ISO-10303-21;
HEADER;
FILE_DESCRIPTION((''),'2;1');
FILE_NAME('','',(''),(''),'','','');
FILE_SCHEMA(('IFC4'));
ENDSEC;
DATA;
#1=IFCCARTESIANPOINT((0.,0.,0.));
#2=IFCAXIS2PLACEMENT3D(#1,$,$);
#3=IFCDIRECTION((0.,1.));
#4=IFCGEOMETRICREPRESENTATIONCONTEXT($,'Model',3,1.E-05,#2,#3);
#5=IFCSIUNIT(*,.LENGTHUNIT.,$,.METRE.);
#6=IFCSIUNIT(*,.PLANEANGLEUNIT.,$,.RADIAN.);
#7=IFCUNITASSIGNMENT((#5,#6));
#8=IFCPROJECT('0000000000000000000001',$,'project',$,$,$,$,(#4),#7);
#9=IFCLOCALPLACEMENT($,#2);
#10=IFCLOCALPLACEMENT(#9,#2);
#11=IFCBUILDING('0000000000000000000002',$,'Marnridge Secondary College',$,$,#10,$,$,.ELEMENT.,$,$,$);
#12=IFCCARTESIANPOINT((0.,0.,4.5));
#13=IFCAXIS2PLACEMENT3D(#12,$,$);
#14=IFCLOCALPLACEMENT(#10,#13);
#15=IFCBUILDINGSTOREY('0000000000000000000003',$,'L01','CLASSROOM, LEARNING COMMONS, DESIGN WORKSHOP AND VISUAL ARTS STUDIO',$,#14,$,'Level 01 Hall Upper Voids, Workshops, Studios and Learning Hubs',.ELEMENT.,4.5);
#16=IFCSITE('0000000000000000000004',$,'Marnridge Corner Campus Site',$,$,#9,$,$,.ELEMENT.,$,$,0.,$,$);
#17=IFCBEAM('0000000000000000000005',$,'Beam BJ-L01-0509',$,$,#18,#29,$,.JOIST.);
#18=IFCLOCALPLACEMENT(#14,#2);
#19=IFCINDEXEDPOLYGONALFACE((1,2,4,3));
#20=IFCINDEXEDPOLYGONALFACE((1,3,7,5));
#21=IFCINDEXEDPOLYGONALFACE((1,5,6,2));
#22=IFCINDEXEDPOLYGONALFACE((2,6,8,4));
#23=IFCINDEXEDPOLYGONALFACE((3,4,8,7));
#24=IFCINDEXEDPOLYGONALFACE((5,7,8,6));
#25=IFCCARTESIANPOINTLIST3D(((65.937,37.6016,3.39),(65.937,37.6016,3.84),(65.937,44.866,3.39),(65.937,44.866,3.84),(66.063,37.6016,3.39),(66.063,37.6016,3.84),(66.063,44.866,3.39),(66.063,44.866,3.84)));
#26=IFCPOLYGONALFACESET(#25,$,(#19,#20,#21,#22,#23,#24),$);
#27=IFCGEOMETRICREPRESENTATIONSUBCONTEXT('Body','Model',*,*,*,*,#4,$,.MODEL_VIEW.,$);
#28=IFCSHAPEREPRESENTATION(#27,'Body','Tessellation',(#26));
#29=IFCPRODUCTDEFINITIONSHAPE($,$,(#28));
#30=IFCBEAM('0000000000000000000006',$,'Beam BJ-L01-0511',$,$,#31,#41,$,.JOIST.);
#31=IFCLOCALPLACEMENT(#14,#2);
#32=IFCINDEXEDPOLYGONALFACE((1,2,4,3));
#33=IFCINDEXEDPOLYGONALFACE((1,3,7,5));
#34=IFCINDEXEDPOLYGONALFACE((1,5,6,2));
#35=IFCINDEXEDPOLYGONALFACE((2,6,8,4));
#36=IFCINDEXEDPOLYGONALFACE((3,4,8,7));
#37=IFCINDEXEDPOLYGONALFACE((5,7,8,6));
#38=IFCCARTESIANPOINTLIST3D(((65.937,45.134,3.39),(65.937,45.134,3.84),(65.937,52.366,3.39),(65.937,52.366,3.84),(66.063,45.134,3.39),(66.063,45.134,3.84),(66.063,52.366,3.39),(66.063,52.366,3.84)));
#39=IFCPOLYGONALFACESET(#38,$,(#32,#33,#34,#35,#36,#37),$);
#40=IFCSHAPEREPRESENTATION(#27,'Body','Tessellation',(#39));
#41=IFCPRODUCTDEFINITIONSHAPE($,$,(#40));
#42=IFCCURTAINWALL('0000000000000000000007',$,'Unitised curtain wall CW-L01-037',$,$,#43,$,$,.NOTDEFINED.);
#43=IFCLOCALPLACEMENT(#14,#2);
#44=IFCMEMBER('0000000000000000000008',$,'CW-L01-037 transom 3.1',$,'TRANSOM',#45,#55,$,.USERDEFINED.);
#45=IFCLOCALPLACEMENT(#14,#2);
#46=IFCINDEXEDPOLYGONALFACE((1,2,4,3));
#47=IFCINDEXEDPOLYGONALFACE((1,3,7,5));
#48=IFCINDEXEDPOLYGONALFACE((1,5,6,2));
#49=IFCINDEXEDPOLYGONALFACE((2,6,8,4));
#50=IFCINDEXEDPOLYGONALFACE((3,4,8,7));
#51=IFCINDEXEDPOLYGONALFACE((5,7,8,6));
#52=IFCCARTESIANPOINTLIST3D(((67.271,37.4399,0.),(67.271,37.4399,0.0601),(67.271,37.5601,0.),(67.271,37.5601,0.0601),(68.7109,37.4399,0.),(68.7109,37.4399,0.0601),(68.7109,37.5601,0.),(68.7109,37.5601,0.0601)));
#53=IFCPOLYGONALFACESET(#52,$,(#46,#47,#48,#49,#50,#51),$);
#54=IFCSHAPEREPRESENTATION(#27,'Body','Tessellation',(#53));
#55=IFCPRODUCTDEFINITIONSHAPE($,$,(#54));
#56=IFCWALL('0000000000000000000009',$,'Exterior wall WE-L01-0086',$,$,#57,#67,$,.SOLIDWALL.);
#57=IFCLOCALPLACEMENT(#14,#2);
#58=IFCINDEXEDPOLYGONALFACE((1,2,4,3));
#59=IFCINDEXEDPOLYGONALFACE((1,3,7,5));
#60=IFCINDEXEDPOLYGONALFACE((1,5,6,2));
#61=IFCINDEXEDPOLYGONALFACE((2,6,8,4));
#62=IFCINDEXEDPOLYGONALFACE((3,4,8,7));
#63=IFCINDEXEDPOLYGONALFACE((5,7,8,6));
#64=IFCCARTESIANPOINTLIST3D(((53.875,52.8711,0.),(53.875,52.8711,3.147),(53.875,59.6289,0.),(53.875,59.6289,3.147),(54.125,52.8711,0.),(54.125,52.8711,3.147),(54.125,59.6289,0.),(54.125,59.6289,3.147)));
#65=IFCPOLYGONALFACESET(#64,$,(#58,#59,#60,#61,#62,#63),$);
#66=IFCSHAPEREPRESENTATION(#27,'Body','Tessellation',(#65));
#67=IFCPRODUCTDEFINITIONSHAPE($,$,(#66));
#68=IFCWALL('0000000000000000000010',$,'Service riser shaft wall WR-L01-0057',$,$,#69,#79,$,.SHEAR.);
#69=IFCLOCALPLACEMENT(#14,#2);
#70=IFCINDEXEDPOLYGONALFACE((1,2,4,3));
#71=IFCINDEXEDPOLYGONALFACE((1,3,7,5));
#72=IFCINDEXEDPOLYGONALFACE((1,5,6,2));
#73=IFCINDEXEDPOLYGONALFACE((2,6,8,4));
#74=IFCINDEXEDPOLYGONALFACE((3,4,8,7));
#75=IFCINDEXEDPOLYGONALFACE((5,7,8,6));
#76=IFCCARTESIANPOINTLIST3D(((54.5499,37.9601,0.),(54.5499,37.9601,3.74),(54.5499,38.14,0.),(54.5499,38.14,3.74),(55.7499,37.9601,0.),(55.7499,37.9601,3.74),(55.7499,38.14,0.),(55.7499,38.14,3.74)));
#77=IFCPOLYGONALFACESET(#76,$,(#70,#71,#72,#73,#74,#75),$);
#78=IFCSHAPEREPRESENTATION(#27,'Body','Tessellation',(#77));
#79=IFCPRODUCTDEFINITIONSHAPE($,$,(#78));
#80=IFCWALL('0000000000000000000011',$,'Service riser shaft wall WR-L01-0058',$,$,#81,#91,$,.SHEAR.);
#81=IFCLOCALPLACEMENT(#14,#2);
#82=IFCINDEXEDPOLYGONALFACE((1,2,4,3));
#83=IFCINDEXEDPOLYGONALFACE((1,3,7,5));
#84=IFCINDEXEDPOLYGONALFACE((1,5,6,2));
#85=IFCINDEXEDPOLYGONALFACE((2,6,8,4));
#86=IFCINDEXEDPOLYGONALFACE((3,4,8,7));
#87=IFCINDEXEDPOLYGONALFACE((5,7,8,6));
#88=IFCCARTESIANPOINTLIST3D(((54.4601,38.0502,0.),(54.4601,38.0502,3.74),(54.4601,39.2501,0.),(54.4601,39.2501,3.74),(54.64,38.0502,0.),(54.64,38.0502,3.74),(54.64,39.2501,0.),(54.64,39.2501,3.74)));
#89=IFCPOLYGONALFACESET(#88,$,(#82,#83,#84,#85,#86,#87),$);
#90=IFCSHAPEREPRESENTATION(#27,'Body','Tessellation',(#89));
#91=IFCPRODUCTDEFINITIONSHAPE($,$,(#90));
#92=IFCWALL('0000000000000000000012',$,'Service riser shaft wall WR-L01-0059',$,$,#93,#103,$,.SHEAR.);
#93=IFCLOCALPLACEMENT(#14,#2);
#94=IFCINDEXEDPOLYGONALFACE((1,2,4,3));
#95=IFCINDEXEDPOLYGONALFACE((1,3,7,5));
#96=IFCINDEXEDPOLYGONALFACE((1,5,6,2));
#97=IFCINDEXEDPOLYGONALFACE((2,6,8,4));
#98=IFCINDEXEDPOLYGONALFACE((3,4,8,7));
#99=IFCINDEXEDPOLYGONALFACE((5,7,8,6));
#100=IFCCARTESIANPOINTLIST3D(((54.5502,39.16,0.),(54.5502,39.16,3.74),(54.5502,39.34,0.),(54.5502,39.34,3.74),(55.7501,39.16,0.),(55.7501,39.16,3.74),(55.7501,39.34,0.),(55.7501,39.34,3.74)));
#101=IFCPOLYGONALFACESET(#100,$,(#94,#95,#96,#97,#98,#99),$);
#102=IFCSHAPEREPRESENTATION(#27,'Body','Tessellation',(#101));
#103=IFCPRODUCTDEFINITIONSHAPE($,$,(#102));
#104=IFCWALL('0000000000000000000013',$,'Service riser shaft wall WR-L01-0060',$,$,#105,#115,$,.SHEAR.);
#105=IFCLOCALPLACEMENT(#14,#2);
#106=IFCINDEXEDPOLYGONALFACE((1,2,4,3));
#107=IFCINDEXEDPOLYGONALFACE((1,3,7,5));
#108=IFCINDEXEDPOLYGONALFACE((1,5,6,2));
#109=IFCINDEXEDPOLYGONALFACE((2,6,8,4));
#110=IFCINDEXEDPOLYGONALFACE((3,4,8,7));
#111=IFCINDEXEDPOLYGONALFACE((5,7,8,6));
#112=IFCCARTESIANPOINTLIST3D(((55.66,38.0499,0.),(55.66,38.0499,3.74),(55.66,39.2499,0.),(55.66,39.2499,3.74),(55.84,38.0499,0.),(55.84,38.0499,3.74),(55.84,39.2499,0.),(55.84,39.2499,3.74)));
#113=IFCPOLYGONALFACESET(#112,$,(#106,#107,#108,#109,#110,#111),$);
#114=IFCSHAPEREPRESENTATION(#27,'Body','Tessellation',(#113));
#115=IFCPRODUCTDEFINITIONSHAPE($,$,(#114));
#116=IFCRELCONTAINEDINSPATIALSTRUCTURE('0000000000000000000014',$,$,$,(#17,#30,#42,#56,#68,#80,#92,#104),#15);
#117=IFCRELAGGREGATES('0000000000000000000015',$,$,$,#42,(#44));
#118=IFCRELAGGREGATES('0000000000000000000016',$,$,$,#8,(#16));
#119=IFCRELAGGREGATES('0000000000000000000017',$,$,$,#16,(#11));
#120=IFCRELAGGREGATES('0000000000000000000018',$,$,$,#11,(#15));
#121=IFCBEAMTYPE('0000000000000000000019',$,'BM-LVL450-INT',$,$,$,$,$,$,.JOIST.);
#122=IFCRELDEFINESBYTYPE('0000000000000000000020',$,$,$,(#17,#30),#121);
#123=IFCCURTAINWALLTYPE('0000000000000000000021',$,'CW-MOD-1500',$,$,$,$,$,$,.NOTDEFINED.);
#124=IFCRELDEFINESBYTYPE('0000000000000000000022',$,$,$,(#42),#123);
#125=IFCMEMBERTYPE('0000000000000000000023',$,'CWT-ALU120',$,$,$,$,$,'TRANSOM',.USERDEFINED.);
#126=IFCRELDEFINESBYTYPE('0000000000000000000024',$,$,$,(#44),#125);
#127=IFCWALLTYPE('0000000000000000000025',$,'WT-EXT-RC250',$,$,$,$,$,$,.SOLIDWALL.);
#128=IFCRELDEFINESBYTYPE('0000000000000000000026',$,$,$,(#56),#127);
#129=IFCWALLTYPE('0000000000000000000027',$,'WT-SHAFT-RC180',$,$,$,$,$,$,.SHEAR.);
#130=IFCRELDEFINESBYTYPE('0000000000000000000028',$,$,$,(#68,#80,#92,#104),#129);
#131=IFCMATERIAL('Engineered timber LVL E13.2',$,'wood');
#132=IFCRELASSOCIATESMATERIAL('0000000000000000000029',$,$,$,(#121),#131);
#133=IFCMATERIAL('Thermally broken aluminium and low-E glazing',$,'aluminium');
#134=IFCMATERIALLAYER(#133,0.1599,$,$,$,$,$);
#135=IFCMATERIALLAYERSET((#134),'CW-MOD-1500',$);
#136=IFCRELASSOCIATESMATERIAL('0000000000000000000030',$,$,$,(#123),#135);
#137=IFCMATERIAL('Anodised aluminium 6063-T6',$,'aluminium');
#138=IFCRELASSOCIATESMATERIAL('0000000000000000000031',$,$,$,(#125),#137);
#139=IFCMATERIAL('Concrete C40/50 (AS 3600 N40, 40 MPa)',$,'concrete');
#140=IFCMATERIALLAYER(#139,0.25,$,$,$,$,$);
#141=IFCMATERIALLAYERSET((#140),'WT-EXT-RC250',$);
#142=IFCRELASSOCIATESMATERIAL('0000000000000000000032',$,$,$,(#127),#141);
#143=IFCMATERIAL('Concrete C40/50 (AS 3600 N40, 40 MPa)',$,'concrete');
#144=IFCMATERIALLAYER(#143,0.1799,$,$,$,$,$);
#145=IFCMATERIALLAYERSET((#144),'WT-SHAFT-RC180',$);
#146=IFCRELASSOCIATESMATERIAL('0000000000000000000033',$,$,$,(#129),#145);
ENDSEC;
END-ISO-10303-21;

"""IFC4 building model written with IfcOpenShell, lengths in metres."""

from ifc_helpers import new_model, si_unit, direction, frame, frame_2d, origin, origin_2d, place, context, subcontext, project, spatial, rectangle, extrude, material, layer, layer_set, material_profile, profile_set, type_object, element, aggregate, save


model = new_model("IFC4")

# Units and contexts
model_context = context("Model", 3, precision=1e-05, world=origin(), true_north=direction((0.0, 1.0)))
body_context = subcontext(model_context, "Body", "Model", "MODEL_VIEW")
ifc_project = project(units=[si_unit("LENGTHUNIT", "METRE"), si_unit("PLANEANGLEUNIT", "RADIAN")], contexts=[model_context])

# Site, building, storey
site_placement = place(None, origin())
site = spatial("IfcSite", under=ifc_project, at=site_placement, Name="Marnridge Corner Campus Site", CompositionType="ELEMENT", RefElevation=0.0)
building_placement = place(site_placement, origin())
building = spatial("IfcBuilding", under=site, at=building_placement, Name="Marnridge Secondary College", CompositionType="ELEMENT")
storey_placement = place(building_placement, frame((0.0, 0.0, 4.5)))
storey = spatial("IfcBuildingStorey", under=building, at=storey_placement, Name="L01", Description="CLASSROOM, LEARNING COMMONS, DESIGN WORKSHOP AND VISUAL ARTS STUDIO", LongName="Level 01 Hall Upper Voids, Workshops, Studios and Learning Hubs", CompositionType="ELEMENT", Elevation=4.5)

# Beams
ifc_material_1 = material(Name="Engineered timber LVL E13.2", Category="wood")
ifc_material_profile_1 = material_profile(ifc_material_1, rectangle(XDim=0.126, YDim=0.45, at=origin_2d()), Name="LVL 126x450")
ifc_profile_set_1 = profile_set([ifc_material_profile_1], Name="Engineered timber LVL E13.2")
beam_type_1 = type_object("IfcBeamType", Name="BM-LVL450-INT", PredefinedType="JOIST", material=ifc_profile_set_1)
beam_1_placement = place(storey_placement, frame((66.0, 37.6016, 3.615), z_axis=(0.0, 1.0, 0.0), x_axis=(-1.0, 0.0, 0.0)))
element("IfcBeam", 1, at=beam_1_placement, inside=storey, type_object=beam_type_1, Name="Beam BJ-L01-0509", PredefinedType="JOIST", context=body_context, shape_type="SweptSolid", body=[
    extrude(rectangle(XDim=0.126, YDim=0.45, at=origin_2d()), origin(), (0.0, 0.0, 1.0), 7.2644),
])
beam_2_placement = place(storey_placement, frame((66.0, 45.134, 3.615), z_axis=(0.0, 1.0, 0.0), x_axis=(-1.0, 0.0, 0.0)))
element("IfcBeam", 2, at=beam_2_placement, inside=storey, type_object=beam_type_1, Name="Beam BJ-L01-0511", PredefinedType="JOIST", context=body_context, shape_type="SweptSolid", body=[
    extrude(rectangle(XDim=0.126, YDim=0.45, at=origin_2d()), origin(), (0.0, 0.0, 1.0), 7.2319),
])

# Curtain wall, member
ifc_material_2 = material(Name="Thermally broken aluminium and low-E glazing", Category="aluminium")
ifc_layer_1 = layer(ifc_material_2, 0.1599)
ifc_layer_set_1 = layer_set([ifc_layer_1], Name="CW-MOD-1500")
curtain_wall_type = type_object("IfcCurtainWallType", Name="CW-MOD-1500", PredefinedType="NOTDEFINED", material=ifc_layer_set_1)
curtain_wall_placement = place(storey_placement, origin())
curtain_wall = element("IfcCurtainWall", 3, at=curtain_wall_placement, inside=storey, type_object=curtain_wall_type, Name="Unitised curtain wall CW-L01-037", PredefinedType="NOTDEFINED")
ifc_material_3 = material(Name="Anodised aluminium 6063-T6", Category="aluminium")
ifc_material_profile_2 = material_profile(ifc_material_3, rectangle(XDim=0.0601, YDim=0.1201, at=origin_2d()), Name="ALU 60x120")
ifc_profile_set_2 = profile_set([ifc_material_profile_2], Name="Anodised aluminium 6063-T6")
member_type = type_object("IfcMemberType", Name="CWT-ALU120", ElementType="TRANSOM", PredefinedType="USERDEFINED", material=ifc_profile_set_2)
member_placement = place(storey_placement, frame((68.7109, 37.5, 0.03), z_axis=(-1.0, 0.0, 0.0), x_axis=(0.0, 0.0, 1.0)))
member = element("IfcMember", 4, at=member_placement, type_object=member_type, Name="CW-L01-037 transom 3.1", ObjectType="TRANSOM", PredefinedType="USERDEFINED", context=body_context, shape_type="SweptSolid", body=[
    extrude(rectangle(XDim=0.0601, YDim=0.1201, at=origin_2d()), origin(), (0.0, 0.0, 1.0), 1.4399),
])
aggregate(curtain_wall, [member])

# Walls
ifc_material_4 = material(Name="Concrete C40/50 (AS 3600 N40, 40 MPa)", Category="concrete")
ifc_layer_2 = layer(ifc_material_4, 0.25)
ifc_layer_set_2 = layer_set([ifc_layer_2], Name="WT-EXT-RC250")
wall_type_1 = type_object("IfcWallType", Name="WT-EXT-RC250", PredefinedType="SOLIDWALL", material=ifc_layer_set_2)
wall_placement = place(storey_placement, frame((54.0, 52.8711, 0.0), z_axis=(0.0, 0.0, 1.0), x_axis=(0.0, 1.0, 0.0)))
element("IfcWall", 5, at=wall_placement, inside=storey, type_object=wall_type_1, Name="Exterior wall WE-L01-0086", PredefinedType="SOLIDWALL", context=body_context, shape_type="SweptSolid", body=[
    extrude(rectangle(XDim=6.7578, YDim=0.25, at=frame_2d((3.3789, 0.0))), origin(), (0.0, 0.0, 1.0), 3.147),
])
ifc_material_5 = material(Name="Concrete C40/50 (AS 3600 N40, 40 MPa)", Category="concrete")
ifc_layer_3 = layer(ifc_material_5, 0.1799)
ifc_layer_set_3 = layer_set([ifc_layer_3], Name="WT-SHAFT-RC180")
wall_type_2 = type_object("IfcWallType", Name="WT-SHAFT-RC180", PredefinedType="SHEAR", material=ifc_layer_set_3)
for number, where, z_axis, x_axis, name in (
    (6, (55.75, 38.05, 0.0), (0.0, 0.0, 1.0), (-1.0, 0.0, 0.0), "Service riser shaft wall WR-L01-0057"),
    (7, (54.55, 38.05, 0.0), (0.0, 0.0, 1.0), (0.0, 1.0, 0.0), "Service riser shaft wall WR-L01-0058"),
    (8, (54.55, 39.25, 0.0), (0.0, 0.0, 1.0), (1.0, 0.0, 0.0), "Service riser shaft wall WR-L01-0059"),
    (9, (55.75, 39.25, 0.0), (0.0, 0.0, 1.0), (0.0, -1.0, 0.0), "Service riser shaft wall WR-L01-0060"),
):
    element("IfcWall", number, at=place(storey_placement, frame(where, z_axis=z_axis, x_axis=x_axis)), inside=storey, type_object=wall_type_2, Name=name, PredefinedType="SHEAR", context=body_context, shape_type="SweptSolid", body=[
        extrude(rectangle(XDim=1.2, YDim=0.1799, at=frame_2d((0.6001, 0.0))), origin(), (0.0, 0.0, 1.0), 3.74),
    ])

save(model, "model.ifc")
